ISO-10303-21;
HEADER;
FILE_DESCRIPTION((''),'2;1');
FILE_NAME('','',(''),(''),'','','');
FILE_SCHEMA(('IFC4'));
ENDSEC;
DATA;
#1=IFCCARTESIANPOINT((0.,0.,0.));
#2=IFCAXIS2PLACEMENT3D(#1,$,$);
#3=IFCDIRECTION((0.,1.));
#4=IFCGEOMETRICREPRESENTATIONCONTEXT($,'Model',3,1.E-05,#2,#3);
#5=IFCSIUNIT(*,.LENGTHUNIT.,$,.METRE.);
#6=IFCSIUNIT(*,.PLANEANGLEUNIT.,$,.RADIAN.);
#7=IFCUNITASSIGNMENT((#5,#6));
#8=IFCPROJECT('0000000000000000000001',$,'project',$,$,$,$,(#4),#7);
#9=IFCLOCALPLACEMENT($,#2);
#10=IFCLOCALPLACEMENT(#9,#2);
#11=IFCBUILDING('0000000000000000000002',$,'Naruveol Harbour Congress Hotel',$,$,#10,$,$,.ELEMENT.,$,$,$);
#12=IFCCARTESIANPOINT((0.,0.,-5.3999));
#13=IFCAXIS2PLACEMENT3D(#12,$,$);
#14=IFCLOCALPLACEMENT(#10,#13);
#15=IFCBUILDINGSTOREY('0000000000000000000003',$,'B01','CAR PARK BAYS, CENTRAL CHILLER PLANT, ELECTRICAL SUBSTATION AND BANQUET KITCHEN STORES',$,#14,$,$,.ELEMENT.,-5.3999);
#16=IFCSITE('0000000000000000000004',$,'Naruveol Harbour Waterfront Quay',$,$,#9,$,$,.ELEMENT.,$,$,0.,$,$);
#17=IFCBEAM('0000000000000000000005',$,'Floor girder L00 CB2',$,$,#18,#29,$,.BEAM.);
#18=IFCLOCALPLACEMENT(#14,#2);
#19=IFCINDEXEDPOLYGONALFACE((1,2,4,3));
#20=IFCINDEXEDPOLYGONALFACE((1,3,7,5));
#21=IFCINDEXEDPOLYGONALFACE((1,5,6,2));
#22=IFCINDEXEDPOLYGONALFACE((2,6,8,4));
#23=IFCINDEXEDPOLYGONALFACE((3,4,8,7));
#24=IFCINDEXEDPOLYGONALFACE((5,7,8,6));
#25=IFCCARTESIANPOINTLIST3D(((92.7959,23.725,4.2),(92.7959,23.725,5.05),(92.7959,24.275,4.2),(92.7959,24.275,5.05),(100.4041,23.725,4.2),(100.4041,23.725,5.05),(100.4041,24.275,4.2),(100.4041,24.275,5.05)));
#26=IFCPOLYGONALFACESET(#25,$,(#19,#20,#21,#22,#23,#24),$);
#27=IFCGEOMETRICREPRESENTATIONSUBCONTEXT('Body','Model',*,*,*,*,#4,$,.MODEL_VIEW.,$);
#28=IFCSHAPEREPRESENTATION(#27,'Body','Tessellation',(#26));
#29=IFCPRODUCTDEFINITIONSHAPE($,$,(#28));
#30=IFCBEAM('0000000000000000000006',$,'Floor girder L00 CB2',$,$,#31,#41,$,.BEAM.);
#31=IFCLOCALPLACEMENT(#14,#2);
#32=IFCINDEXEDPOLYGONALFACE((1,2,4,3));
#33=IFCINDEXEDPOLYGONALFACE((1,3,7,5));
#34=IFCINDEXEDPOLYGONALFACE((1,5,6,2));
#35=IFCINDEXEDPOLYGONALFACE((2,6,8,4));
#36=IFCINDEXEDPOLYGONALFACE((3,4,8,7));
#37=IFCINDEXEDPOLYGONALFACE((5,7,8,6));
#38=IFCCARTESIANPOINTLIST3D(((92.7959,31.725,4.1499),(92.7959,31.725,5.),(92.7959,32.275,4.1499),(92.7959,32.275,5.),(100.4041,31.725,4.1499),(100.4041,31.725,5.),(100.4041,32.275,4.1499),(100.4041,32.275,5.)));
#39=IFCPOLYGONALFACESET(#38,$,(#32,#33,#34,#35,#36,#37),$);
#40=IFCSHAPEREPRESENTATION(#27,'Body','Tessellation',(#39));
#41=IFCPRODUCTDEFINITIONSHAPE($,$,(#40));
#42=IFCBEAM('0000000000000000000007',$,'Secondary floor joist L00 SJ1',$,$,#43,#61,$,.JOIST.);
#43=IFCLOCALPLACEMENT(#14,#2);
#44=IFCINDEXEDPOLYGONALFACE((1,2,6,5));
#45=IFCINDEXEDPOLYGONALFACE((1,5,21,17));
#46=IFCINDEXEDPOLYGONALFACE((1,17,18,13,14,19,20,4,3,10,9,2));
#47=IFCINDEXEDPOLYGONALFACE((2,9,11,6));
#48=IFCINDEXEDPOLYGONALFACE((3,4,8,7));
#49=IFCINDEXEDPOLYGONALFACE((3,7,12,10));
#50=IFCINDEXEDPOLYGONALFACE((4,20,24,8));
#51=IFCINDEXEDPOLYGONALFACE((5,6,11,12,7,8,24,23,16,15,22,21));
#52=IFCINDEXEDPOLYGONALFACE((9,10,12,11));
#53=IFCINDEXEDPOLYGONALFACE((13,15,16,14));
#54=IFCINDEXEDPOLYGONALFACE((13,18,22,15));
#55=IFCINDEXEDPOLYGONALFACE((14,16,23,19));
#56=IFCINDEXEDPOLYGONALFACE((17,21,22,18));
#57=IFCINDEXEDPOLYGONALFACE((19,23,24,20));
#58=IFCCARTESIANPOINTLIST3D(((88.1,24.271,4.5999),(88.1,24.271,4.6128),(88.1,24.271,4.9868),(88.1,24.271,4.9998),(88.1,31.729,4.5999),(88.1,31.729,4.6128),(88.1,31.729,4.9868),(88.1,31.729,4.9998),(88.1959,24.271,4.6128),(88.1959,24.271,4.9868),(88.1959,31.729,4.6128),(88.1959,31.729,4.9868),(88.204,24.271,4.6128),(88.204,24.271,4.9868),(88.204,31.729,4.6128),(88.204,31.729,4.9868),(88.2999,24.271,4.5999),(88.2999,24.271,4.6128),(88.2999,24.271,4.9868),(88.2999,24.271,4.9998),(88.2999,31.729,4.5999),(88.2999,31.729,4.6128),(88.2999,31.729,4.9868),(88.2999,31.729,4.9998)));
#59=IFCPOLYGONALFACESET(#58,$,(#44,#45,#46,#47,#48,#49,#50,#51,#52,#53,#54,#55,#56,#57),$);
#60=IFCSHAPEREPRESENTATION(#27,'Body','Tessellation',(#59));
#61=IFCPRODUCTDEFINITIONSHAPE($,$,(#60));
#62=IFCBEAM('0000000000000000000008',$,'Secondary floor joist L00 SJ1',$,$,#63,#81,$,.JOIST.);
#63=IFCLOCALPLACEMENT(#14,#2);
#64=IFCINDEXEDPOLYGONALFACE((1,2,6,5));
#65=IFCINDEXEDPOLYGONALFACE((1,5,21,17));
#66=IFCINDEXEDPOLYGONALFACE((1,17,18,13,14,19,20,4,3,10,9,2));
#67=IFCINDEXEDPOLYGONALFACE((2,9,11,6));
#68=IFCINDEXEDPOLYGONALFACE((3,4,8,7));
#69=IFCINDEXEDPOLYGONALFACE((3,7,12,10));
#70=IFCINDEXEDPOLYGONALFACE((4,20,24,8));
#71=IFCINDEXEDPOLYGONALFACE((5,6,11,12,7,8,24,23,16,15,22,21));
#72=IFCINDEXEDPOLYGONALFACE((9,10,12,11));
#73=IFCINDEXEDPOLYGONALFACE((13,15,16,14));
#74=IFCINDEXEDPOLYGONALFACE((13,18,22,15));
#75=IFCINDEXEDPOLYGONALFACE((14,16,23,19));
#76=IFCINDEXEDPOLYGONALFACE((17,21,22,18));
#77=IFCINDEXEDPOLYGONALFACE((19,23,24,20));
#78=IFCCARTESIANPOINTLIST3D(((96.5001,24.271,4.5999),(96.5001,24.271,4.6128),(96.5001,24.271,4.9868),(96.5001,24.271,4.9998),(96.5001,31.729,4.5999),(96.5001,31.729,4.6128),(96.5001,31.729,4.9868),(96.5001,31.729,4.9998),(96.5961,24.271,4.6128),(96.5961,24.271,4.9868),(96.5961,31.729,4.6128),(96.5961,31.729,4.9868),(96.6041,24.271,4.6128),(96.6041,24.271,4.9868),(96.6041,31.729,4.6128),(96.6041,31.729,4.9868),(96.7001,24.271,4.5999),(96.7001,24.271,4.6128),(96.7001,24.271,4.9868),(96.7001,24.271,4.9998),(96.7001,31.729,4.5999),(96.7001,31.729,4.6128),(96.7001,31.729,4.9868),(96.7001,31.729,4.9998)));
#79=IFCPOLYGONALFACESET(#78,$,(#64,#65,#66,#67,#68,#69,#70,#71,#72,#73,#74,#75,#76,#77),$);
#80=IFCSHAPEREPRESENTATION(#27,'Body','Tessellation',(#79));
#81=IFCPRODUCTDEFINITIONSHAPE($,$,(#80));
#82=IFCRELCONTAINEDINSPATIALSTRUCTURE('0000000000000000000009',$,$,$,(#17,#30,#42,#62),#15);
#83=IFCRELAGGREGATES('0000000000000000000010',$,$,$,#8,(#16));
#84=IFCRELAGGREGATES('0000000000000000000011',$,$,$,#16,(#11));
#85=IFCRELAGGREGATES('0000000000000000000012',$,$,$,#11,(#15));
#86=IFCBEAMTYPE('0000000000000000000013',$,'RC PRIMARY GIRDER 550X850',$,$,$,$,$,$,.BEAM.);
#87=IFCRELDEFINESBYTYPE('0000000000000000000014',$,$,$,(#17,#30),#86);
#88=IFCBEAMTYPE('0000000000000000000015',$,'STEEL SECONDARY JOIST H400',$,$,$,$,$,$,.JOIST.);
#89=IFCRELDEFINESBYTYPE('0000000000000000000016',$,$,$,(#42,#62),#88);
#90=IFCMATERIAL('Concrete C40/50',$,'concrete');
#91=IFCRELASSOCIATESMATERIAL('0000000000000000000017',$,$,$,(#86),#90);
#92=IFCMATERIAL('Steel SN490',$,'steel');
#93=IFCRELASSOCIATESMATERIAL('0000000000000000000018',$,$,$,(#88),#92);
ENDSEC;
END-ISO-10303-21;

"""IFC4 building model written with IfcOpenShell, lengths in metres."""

from ifc_helpers import new_model, si_unit, direction, frame, origin, origin_2d, place, context, subcontext, project, spatial, rectangle, i_section, extrude, material, material_profile, profile_set, type_object, element, save


model = new_model("IFC4")

# Units and contexts
model_context = context("Model", 3, precision=1e-05, world=origin(), true_north=direction((0.0, 1.0)))
body_context = subcontext(model_context, "Body", "Model", "MODEL_VIEW")
ifc_project = project(units=[si_unit("LENGTHUNIT", "METRE"), si_unit("PLANEANGLEUNIT", "RADIAN")], contexts=[model_context])

# Site, building, storey
site_placement = place(None, origin())
site = spatial("IfcSite", under=ifc_project, at=site_placement, Name="Naruveol Harbour Waterfront Quay", CompositionType="ELEMENT", RefElevation=0.0)
building_placement = place(site_placement, origin())
building = spatial("IfcBuilding", under=site, at=building_placement, Name="Naruveol Harbour Congress Hotel", CompositionType="ELEMENT")
storey_placement = place(building_placement, frame((0.0, 0.0, -5.3999)))
storey = spatial("IfcBuildingStorey", under=building, at=storey_placement, Name="B01", Description="CAR PARK BAYS, CENTRAL CHILLER PLANT, ELECTRICAL SUBSTATION AND BANQUET KITCHEN STORES", CompositionType="ELEMENT", Elevation=-5.3999)

# Beams
ifc_material_1 = material(Name="Concrete C40/50", Category="concrete")
ifc_material_profile_1 = material_profile(ifc_material_1, rectangle(XDim=0.55, YDim=0.8501, at=origin_2d()), Name="RCB-550x850")
ifc_profile_set_1 = profile_set([ifc_material_profile_1], Name="Concrete C40/50")
beam_type_1 = type_object("IfcBeamType", Name="RC PRIMARY GIRDER 550X850", PredefinedType="BEAM", material=ifc_profile_set_1)
for number, where, z_axis, x_axis, name in (
    (1, (92.7959, 24.0, 4.625), (1.0, 0.0, 0.0), (0.0, 1.0, 0.0), "Floor girder L00 CB2"),
    (2, (92.7959, 32.0, 4.575), (1.0, 0.0, 0.0), (0.0, 1.0, 0.0), "Floor girder L00 CB2"),
):
    element("IfcBeam", number, at=place(storey_placement, frame(where, z_axis=z_axis, x_axis=x_axis)), inside=storey, type_object=beam_type_1, Name=name, PredefinedType="BEAM", context=body_context, shape_type="SweptSolid", body=[
        extrude(rectangle(XDim=0.55, YDim=0.8501, at=origin_2d()), origin(), (0.0, 0.0, 1.0), 7.6082),
    ])
ifc_material_2 = material(Name="Steel SN490", Category="steel")
ifc_material_profile_2 = material_profile(ifc_material_2, i_section(OverallWidth=0.2, OverallDepth=0.3999, WebThickness=0.0081, FlangeThickness=0.0129, at=origin_2d()), Name="H-400x200x8x13")
ifc_profile_set_2 = profile_set([ifc_material_profile_2], Name="Steel SN490")
beam_type_2 = type_object("IfcBeamType", Name="STEEL SECONDARY JOIST H400", PredefinedType="JOIST", material=ifc_profile_set_2)
for number, where, z_axis, x_axis, name in (
    (3, (88.2, 24.271, 4.7998), (0.0, 1.0, 0.0), (-1.0, 0.0, 0.0), "Secondary floor joist L00 SJ1"),
    (4, (96.6001, 24.271, 4.7998), (0.0, 1.0, 0.0), (-1.0, 0.0, 0.0), "Secondary floor joist L00 SJ1"),
):
    element("IfcBeam", number, at=place(storey_placement, frame(where, z_axis=z_axis, x_axis=x_axis)), inside=storey, type_object=beam_type_2, Name=name, PredefinedType="JOIST", context=body_context, shape_type="SweptSolid", body=[
        extrude(i_section(OverallWidth=0.2, OverallDepth=0.3999, WebThickness=0.0081, FlangeThickness=0.0129, at=origin_2d()), origin(), (0.0, 0.0, 1.0), 7.458),
    ])

save(model, "model.ifc")
